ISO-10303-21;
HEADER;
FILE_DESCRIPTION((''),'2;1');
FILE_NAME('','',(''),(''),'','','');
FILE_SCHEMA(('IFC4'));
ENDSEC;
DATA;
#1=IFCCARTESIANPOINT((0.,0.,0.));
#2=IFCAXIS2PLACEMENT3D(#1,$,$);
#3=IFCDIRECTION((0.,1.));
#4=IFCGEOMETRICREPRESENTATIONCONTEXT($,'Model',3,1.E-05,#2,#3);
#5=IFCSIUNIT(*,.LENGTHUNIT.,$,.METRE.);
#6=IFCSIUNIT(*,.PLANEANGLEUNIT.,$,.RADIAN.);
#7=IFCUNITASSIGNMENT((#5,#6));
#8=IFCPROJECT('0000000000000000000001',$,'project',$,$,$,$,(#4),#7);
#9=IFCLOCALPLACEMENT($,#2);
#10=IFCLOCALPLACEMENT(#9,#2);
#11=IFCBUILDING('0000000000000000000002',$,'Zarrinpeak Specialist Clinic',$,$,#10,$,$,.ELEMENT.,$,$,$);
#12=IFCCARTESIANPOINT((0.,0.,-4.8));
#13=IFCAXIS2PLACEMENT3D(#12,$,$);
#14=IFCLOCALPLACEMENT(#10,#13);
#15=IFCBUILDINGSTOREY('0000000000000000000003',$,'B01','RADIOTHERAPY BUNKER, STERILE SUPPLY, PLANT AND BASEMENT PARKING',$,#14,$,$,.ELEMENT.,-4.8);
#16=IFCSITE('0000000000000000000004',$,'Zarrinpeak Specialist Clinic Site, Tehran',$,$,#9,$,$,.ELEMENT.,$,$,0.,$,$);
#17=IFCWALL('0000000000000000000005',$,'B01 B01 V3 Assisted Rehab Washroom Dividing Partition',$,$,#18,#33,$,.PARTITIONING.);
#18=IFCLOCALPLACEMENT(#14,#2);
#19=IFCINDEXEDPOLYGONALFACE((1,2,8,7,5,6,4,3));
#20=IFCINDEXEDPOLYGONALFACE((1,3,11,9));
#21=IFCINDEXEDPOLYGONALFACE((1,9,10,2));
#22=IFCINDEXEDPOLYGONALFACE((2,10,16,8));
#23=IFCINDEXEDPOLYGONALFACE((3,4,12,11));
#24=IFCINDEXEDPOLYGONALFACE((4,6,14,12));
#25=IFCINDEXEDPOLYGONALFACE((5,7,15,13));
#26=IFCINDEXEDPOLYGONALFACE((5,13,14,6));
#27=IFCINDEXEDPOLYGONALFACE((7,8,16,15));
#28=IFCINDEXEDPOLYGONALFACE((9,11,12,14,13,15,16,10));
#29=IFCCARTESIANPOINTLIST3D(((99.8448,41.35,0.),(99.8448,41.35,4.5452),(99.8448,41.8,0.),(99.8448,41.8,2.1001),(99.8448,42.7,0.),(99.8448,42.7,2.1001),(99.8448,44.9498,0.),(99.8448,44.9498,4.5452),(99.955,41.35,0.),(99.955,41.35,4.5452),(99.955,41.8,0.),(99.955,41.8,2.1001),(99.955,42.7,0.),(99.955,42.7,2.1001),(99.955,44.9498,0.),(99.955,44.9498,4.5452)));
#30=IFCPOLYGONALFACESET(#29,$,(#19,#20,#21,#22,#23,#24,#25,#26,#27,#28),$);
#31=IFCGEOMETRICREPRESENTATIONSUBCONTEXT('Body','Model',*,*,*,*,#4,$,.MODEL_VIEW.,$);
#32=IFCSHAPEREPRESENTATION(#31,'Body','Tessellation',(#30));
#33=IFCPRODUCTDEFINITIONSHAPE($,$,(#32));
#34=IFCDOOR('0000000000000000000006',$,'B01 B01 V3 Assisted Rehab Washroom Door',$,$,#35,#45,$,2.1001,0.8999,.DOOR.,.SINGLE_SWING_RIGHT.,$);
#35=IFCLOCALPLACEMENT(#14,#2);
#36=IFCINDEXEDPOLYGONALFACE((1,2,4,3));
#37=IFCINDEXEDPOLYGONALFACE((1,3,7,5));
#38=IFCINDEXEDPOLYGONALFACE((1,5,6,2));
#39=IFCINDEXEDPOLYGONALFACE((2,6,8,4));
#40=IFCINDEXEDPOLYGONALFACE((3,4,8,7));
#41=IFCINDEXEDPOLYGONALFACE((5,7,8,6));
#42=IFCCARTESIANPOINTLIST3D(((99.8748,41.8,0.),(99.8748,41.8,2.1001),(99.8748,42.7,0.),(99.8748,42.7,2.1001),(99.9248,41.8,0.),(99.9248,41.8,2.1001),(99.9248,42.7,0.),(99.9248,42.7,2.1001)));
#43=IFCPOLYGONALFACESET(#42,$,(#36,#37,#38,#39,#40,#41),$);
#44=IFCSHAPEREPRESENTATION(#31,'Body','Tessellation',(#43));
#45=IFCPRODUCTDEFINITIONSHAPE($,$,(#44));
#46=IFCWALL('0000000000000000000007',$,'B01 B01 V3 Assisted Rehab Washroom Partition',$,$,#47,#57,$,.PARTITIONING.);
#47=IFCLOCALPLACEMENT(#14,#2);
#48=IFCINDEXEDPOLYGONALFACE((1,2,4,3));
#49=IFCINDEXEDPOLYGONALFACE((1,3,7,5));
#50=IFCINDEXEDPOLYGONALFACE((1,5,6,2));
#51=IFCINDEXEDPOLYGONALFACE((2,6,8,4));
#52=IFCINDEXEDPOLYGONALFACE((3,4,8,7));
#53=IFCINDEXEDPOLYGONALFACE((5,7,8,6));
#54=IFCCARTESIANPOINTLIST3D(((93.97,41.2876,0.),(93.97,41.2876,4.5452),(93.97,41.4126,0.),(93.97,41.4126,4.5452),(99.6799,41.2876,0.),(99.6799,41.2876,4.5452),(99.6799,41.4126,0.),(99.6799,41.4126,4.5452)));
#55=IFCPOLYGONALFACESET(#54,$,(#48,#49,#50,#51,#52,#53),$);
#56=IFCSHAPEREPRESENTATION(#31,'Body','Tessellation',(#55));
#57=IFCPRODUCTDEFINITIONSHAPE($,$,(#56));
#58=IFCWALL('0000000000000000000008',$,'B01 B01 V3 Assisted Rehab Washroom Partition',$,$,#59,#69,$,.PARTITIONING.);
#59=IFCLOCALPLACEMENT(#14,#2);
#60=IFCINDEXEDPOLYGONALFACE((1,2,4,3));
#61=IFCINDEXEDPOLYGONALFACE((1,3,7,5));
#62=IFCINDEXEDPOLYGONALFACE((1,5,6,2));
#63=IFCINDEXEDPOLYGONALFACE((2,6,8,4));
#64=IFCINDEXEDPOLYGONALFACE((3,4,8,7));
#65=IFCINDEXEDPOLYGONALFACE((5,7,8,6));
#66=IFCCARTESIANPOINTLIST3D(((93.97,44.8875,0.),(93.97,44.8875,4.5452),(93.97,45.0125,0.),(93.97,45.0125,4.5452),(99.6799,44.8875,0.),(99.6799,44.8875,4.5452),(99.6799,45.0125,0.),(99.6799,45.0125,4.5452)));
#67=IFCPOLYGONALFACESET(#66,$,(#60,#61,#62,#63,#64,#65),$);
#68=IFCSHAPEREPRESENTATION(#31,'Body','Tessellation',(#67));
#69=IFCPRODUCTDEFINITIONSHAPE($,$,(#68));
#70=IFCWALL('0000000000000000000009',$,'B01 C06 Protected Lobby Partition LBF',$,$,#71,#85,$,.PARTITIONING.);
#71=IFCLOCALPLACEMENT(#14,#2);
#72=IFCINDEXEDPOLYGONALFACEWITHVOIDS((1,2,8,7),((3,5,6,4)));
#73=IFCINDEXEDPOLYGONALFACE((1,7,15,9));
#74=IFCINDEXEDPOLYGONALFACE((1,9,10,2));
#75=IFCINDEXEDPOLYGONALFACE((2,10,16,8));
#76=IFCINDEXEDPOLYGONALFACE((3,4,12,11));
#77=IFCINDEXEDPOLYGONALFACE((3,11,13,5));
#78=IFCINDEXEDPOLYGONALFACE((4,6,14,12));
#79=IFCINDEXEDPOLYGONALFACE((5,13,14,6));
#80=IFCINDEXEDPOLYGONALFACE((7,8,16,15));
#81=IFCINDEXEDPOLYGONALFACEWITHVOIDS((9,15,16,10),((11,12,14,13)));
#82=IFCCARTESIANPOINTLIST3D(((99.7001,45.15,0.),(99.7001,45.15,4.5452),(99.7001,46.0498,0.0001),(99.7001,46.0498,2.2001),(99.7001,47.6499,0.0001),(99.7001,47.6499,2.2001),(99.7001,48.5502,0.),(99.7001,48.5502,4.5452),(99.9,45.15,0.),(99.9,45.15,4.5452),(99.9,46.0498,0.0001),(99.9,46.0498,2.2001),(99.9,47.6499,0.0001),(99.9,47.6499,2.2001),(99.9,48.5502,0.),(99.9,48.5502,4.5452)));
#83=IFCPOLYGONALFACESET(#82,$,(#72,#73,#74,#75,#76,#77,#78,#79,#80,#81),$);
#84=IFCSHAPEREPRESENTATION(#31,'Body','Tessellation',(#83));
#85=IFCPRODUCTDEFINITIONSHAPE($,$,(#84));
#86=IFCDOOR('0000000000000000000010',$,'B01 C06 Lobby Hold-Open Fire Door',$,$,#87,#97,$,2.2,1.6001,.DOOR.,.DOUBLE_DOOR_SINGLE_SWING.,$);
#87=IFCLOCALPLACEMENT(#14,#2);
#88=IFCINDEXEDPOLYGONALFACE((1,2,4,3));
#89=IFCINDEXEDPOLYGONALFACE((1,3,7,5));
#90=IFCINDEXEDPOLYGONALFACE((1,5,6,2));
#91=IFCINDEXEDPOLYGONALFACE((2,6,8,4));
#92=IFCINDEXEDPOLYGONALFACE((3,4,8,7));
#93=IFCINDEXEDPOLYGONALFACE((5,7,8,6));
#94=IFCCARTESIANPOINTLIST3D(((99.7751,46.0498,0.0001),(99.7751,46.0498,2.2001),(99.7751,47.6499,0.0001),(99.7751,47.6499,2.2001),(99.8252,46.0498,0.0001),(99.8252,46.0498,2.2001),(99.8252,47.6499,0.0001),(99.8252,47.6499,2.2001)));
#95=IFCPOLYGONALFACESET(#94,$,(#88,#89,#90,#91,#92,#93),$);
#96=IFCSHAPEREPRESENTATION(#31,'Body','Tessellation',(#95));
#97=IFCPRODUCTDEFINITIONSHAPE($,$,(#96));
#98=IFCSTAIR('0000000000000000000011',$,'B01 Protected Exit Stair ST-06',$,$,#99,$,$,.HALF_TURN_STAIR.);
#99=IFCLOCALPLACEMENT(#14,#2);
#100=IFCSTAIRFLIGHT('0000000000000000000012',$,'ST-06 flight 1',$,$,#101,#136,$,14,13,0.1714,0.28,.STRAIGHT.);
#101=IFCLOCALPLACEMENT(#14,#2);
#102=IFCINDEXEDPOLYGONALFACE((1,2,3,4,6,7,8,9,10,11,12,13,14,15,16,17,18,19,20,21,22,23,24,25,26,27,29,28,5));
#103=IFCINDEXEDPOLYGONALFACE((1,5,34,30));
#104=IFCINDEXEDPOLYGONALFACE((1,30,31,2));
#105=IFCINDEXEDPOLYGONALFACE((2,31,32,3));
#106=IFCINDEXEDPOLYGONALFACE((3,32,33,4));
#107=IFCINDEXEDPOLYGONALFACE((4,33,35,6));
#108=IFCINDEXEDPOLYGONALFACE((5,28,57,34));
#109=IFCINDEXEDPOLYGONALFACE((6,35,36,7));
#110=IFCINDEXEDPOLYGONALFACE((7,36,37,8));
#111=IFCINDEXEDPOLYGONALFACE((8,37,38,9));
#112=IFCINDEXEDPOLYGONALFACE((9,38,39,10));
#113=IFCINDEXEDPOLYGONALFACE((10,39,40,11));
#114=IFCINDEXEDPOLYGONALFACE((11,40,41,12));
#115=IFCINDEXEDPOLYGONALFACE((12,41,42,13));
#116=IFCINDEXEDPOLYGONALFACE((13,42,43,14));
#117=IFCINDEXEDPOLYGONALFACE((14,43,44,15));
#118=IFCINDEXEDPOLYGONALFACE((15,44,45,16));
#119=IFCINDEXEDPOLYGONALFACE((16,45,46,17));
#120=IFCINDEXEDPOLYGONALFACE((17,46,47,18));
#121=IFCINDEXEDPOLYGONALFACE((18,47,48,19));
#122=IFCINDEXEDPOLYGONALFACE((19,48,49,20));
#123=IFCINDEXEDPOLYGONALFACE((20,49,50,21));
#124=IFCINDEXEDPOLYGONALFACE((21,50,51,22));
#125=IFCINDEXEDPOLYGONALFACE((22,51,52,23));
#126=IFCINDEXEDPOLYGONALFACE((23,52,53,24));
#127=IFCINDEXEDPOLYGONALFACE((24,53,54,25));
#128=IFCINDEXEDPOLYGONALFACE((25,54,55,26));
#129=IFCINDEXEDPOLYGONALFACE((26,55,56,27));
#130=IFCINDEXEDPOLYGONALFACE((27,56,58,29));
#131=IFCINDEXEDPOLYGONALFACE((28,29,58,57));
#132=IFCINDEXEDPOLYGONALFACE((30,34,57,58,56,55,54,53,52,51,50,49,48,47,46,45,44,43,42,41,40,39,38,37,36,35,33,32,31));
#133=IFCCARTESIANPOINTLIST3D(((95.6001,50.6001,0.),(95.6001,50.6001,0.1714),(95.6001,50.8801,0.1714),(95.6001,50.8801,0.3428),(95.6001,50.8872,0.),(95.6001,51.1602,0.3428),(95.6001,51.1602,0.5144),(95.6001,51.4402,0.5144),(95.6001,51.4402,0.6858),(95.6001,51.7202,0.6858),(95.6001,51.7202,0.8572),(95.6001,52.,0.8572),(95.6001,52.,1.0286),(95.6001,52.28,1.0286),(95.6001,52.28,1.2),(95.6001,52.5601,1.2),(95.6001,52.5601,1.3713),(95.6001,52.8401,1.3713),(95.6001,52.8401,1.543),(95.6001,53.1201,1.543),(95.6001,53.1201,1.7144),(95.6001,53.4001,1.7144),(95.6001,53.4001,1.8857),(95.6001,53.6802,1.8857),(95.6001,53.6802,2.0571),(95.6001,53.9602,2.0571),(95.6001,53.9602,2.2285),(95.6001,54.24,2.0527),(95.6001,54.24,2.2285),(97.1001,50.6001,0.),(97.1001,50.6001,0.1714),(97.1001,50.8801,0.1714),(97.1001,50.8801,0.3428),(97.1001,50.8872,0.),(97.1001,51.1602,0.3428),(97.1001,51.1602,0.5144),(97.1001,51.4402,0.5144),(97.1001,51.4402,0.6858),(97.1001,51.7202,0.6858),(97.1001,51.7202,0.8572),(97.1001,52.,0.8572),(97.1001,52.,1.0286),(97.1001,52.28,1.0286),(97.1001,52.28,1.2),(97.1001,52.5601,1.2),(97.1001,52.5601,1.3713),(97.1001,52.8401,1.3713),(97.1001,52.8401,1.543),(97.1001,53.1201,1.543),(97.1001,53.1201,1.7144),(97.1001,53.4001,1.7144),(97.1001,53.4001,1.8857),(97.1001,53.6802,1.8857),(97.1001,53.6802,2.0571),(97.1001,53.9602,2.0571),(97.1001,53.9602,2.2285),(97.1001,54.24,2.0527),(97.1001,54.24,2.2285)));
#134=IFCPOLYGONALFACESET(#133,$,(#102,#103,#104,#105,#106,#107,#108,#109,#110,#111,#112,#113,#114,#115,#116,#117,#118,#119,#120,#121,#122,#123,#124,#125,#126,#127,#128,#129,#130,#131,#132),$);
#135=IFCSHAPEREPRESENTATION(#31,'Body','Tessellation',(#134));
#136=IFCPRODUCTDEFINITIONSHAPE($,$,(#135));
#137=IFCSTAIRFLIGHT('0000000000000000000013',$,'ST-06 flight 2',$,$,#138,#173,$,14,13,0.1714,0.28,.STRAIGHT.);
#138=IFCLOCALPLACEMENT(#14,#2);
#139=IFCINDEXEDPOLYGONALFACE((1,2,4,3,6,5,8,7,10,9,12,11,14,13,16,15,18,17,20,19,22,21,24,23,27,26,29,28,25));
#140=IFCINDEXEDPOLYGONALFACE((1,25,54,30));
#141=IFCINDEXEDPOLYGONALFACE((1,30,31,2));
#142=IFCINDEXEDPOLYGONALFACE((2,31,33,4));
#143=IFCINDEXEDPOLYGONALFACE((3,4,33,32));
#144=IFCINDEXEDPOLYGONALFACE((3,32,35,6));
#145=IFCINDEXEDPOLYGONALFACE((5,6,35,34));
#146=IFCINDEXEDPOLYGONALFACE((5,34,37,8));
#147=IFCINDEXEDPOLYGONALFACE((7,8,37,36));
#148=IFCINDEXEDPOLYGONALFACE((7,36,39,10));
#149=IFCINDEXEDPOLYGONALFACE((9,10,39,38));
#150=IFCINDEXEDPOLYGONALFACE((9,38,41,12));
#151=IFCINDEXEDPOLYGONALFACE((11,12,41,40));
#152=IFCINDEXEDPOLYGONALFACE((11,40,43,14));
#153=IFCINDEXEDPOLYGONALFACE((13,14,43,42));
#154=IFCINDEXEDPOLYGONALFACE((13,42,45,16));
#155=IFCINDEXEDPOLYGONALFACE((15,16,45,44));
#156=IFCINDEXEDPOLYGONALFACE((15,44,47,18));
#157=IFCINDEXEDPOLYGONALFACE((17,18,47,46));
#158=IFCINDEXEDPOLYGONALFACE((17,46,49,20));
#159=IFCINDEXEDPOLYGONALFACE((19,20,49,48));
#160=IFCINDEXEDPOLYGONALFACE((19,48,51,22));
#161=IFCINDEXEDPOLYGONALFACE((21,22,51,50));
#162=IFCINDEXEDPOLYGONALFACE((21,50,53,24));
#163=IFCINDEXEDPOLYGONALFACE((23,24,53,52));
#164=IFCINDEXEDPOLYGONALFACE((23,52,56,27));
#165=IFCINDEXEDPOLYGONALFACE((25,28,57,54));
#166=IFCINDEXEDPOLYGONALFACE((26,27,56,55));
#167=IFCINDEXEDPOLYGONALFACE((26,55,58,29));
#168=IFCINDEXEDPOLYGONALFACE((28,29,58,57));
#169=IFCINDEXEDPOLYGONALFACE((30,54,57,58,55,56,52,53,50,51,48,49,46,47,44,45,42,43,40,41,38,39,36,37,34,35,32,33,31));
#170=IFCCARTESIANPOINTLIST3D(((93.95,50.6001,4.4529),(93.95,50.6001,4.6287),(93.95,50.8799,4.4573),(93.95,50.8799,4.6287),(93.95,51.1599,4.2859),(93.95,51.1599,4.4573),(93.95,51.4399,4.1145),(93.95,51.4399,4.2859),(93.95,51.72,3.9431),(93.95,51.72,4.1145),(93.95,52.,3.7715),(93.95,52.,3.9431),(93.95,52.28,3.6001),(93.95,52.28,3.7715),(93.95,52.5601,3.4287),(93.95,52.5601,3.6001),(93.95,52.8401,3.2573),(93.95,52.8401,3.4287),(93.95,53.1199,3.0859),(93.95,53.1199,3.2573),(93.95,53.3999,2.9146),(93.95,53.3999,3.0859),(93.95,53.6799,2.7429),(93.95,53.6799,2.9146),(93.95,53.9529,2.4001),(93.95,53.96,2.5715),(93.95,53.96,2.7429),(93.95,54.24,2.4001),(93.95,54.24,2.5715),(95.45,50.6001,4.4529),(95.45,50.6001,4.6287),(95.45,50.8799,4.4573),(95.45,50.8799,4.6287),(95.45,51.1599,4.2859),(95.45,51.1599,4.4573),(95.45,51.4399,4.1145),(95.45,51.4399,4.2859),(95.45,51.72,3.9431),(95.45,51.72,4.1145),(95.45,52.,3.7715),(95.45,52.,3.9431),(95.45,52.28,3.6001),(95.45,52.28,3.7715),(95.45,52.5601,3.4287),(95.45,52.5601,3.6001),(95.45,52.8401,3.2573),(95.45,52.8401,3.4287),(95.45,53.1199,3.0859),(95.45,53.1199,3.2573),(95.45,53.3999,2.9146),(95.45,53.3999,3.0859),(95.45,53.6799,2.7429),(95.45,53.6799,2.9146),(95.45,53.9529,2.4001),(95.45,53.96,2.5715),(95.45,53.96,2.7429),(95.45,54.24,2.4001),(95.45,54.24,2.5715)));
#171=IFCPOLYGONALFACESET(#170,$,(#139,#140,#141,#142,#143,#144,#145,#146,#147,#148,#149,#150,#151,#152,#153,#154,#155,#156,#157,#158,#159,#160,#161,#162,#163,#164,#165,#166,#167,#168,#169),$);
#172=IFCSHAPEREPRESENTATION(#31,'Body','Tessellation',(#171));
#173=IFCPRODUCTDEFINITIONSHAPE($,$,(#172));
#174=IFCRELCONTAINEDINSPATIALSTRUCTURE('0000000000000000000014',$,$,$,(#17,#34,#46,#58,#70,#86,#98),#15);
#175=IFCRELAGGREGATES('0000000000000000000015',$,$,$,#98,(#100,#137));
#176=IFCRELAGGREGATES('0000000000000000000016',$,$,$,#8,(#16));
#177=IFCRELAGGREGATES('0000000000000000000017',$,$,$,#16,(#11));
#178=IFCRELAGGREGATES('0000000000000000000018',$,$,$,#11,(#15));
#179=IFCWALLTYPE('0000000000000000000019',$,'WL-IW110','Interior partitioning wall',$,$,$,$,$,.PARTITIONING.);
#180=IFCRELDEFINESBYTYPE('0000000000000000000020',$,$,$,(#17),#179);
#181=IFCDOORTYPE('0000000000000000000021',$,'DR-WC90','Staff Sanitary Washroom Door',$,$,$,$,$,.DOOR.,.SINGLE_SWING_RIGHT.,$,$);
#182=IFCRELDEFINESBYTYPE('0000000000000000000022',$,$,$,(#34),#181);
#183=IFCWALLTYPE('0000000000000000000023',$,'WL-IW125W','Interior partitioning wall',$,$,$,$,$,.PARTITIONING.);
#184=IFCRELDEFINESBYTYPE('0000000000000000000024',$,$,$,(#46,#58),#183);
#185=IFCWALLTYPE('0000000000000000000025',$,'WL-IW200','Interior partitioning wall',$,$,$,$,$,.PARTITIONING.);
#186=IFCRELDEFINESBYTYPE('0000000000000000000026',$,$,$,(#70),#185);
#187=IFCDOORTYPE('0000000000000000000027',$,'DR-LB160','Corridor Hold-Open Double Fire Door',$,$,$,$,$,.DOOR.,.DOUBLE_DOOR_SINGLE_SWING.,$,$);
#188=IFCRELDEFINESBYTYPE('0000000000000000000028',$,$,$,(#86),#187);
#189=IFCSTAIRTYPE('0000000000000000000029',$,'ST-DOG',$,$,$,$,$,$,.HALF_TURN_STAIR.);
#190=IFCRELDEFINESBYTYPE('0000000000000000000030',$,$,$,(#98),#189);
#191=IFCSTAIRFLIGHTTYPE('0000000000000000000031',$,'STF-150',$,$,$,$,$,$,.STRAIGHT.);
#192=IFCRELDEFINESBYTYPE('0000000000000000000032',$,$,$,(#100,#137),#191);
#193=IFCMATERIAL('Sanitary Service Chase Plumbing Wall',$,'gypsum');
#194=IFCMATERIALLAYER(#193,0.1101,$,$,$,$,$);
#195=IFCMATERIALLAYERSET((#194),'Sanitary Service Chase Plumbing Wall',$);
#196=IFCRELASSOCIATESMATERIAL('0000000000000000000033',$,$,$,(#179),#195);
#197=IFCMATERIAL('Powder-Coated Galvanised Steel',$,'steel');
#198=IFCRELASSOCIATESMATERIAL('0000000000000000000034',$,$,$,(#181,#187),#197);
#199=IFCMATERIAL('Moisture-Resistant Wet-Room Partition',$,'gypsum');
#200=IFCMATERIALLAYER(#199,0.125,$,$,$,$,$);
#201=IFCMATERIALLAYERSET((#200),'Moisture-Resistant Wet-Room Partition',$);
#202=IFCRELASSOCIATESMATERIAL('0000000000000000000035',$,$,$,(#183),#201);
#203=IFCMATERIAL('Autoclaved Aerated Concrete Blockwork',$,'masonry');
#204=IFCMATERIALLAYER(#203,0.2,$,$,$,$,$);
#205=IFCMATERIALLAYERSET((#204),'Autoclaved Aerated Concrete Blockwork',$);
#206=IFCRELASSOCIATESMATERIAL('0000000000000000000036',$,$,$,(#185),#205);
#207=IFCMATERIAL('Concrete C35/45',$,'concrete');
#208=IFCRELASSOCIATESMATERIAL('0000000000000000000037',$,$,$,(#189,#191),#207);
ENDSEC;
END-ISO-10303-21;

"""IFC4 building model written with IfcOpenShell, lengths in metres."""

from ifc_helpers import new_model, si_unit, direction, frame, frame_2d, origin, place, context, subcontext, project, spatial, polyline, rectangle, outline, extrude, material, layer, layer_set, type_object, element, fill, aggregate, save


model = new_model("IFC4")

# Units and contexts
model_context = context("Model", 3, precision=1e-05, world=origin(), true_north=direction((0.0, 1.0)))
body_context = subcontext(model_context, "Body", "Model", "MODEL_VIEW")
ifc_project = project(units=[si_unit("LENGTHUNIT", "METRE"), si_unit("PLANEANGLEUNIT", "RADIAN")], contexts=[model_context])

# Site, building, storey
site_placement = place(None, origin())
site = spatial("IfcSite", under=ifc_project, at=site_placement, Name="Zarrinpeak Specialist Clinic Site, Tehran", CompositionType="ELEMENT", RefElevation=0.0)
building_placement = place(site_placement, origin())
building = spatial("IfcBuilding", under=site, at=building_placement, Name="Zarrinpeak Specialist Clinic", CompositionType="ELEMENT")
storey_placement = place(building_placement, frame((0.0, 0.0, -4.8)))
storey = spatial("IfcBuildingStorey", under=building, at=storey_placement, Name="B01", Description="RADIOTHERAPY BUNKER, STERILE SUPPLY, PLANT AND BASEMENT PARKING", CompositionType="ELEMENT", Elevation=-4.8)

# Shared definitions
ifc_material_1 = material(Name="Sanitary Service Chase Plumbing Wall", Category="gypsum")
ifc_layer_1 = layer(ifc_material_1, 0.1101)
ifc_layer_set_1 = layer_set([ifc_layer_1], Name="Sanitary Service Chase Plumbing Wall")
wall_type_1 = type_object("IfcWallType", Name="WL-IW110", Description="Interior partitioning wall", PredefinedType="PARTITIONING", material=ifc_layer_set_1)

# Wall, opening, door
wall_1_placement = place(storey_placement, frame((99.8999, 41.3501, 0.0), z_axis=(0.0, 0.0, 1.0), x_axis=(0.0, 1.0, 0.0)))
wall_1 = element("IfcWall", 1, at=wall_1_placement, inside=storey, type_object=wall_type_1, Name="B01 B01 V3 Assisted Rehab Washroom Dividing Partition", PredefinedType="PARTITIONING", context=body_context, shape_type="SweptSolid", body=[
    extrude(rectangle(XDim=3.5999, YDim=0.1101, at=frame_2d((1.7998, 0.0))), origin(), (0.0, 0.0, 1.0), 4.5452),
])
opening_1_placement = place(wall_1_placement, frame((0.45, 0.0, 0.0)))
opening_1 = element("IfcOpeningElement", 2, at=opening_1_placement, cuts=wall_1, PredefinedType="OPENING", context=body_context, shape_type="SweptSolid", body=[
    extrude(rectangle(XDim=0.8999, YDim=2.1001, at=frame_2d((0.45, 1.05))), frame((0.0, 0.0649, 0.0), z_axis=(0.0, -1.0, 0.0), x_axis=(1.0, 0.0, 0.0)), (0.0, 0.0, 1.0), 0.1301),
])
ifc_material_2 = material(Name="Powder-Coated Galvanised Steel", Category="steel")
door_type_1 = type_object("IfcDoorType", Name="DR-WC90", Description="Staff Sanitary Washroom Door", OperationType="SINGLE_SWING_RIGHT", PredefinedType="DOOR", material=ifc_material_2)
door_1_placement = place(opening_1_placement, frame((0.8999, 0.0, 0.0), z_axis=(0.0, 0.0, 1.0), x_axis=(-1.0, 0.0, 0.0)))
door_1 = element("IfcDoor", 3, at=door_1_placement, inside=storey, type_object=door_type_1, Name="B01 B01 V3 Assisted Rehab Washroom Door", OperationType="SINGLE_SWING_RIGHT", OverallHeight=2.1001, OverallWidth=0.8999, PredefinedType="DOOR", context=body_context, shape_type="SweptSolid", body=[
    extrude(rectangle(XDim=0.8999, YDim=2.1001, at=frame_2d((0.45, 1.05))), frame((0.0, 0.0249, 0.0), z_axis=(0.0, -1.0, 0.0), x_axis=(1.0, 0.0, 0.0)), (0.0, 0.0, 1.0), 0.05),
])
fill(opening_1, door_1)

# Walls
ifc_material_3 = material(Name="Moisture-Resistant Wet-Room Partition", Category="gypsum")
ifc_layer_2 = layer(ifc_material_3, 0.125)
ifc_layer_set_2 = layer_set([ifc_layer_2], Name="Moisture-Resistant Wet-Room Partition")
wall_type_2 = type_object("IfcWallType", Name="WL-IW125W", Description="Interior partitioning wall", PredefinedType="PARTITIONING", material=ifc_layer_set_2)
for number, where, z_axis, x_axis, name in (
    (4, (93.97, 41.3501, 0.0), (0.0, 0.0, 1.0), (1.0, 0.0, 0.0), "B01 B01 V3 Assisted Rehab Washroom Partition"),
    (5, (93.97, 44.95, 0.0), (0.0, 0.0, 1.0), (1.0, 0.0, 0.0), "B01 B01 V3 Assisted Rehab Washroom Partition"),
):
    element("IfcWall", number, at=place(storey_placement, frame(where, z_axis=z_axis, x_axis=x_axis)), inside=storey, type_object=wall_type_2, Name=name, PredefinedType="PARTITIONING", context=body_context, shape_type="SweptSolid", body=[
        extrude(rectangle(XDim=5.71, YDim=0.125, at=frame_2d((2.855, 0.0))), origin(), (0.0, 0.0, 1.0), 4.5452),
    ])

# Wall, opening, door
ifc_material_4 = material(Name="Autoclaved Aerated Concrete Blockwork", Category="masonry")
ifc_layer_3 = layer(ifc_material_4, 0.2)
ifc_layer_set_3 = layer_set([ifc_layer_3], Name="Autoclaved Aerated Concrete Blockwork")
wall_type_3 = type_object("IfcWallType", Name="WL-IW200", Description="Interior partitioning wall", PredefinedType="PARTITIONING", material=ifc_layer_set_3)
wall_2_placement = place(storey_placement, frame((99.8, 45.1499, 0.0), z_axis=(0.0, 0.0, 1.0), x_axis=(0.0, 1.0, 0.0)))
wall_2 = element("IfcWall", 6, at=wall_2_placement, inside=storey, type_object=wall_type_3, Name="B01 C06 Protected Lobby Partition LBF", PredefinedType="PARTITIONING", context=body_context, shape_type="SweptSolid", body=[
    extrude(rectangle(XDim=3.4001, YDim=0.2, at=frame_2d((1.7002, 0.0))), origin(), (0.0, 0.0, 1.0), 4.5452),
])
opening_2_placement = place(wall_2_placement, frame((0.8999, 0.0, 0.0)))
opening_2 = element("IfcOpeningElement", 7, at=opening_2_placement, cuts=wall_2, PredefinedType="OPENING", context=body_context, shape_type="SweptSolid", body=[
    extrude(rectangle(XDim=1.6001, YDim=2.2, at=frame_2d((0.8, 1.1001))), frame((0.0, 0.1099, 0.0), z_axis=(0.0, -1.0, 0.0), x_axis=(1.0, 0.0, 0.0)), (0.0, 0.0, 1.0), 0.22),
])
door_type_2 = type_object("IfcDoorType", Name="DR-LB160", Description="Corridor Hold-Open Double Fire Door", OperationType="DOUBLE_DOOR_SINGLE_SWING", PredefinedType="DOOR", material=ifc_material_2)
door_2_placement = place(opening_2_placement, origin())
door_2 = element("IfcDoor", 8, at=door_2_placement, inside=storey, type_object=door_type_2, Name="B01 C06 Lobby Hold-Open Fire Door", OperationType="DOUBLE_DOOR_SINGLE_SWING", OverallHeight=2.2, OverallWidth=1.6001, PredefinedType="DOOR", context=body_context, shape_type="SweptSolid", body=[
    extrude(rectangle(XDim=1.6001, YDim=2.2, at=frame_2d((0.8, 1.1001))), frame((0.0, 0.0249, 0.0), z_axis=(0.0, -1.0, 0.0), x_axis=(1.0, 0.0, 0.0)), (0.0, 0.0, 1.0), 0.05),
])
fill(opening_2, door_2)

# Stair, stair flights
ifc_material_5 = material(Name="Concrete C35/45", Category="concrete")
stair_type = type_object("IfcStairType", Name="ST-DOG", PredefinedType="HALF_TURN_STAIR", material=ifc_material_5)
stair_placement = place(storey_placement, origin())
stair = element("IfcStair", 9, at=stair_placement, inside=storey, type_object=stair_type, Name="B01 Protected Exit Stair ST-06", PredefinedType="HALF_TURN_STAIR")
stair_flight_type = type_object("IfcStairFlightType", Name="STF-150", PredefinedType="STRAIGHT", material=ifc_material_5)
stair_flight_1_placement = place(storey_placement, frame((96.3501, 50.6001, 0.0), z_axis=(0.0, 0.0, 1.0), x_axis=(0.0, 1.0, 0.0)))
stair_flight_1 = element("IfcStairFlight", 10, at=stair_flight_1_placement, type_object=stair_flight_type, Name="ST-06 flight 1", NumberOfRisers=14, NumberOfTreads=13, PredefinedType="STRAIGHT", RiserHeight=0.1714, TreadLength=0.28, context=body_context, shape_type="SweptSolid", body=[
    extrude(outline(polyline([(0.0, 0.0), (0.0, 0.1714), (0.28, 0.1714), (0.28, 0.3428), (0.5601, 0.3428), (0.5601, 0.5144), (0.8401, 0.5144), (0.8401, 0.6858), (1.1201, 0.6858), (1.1201, 0.8572), (1.3999, 0.8572), (1.3999, 1.0286), (1.6799, 1.0286), (1.6799, 1.2), (1.96, 1.2), (1.96, 1.3713), (2.24, 1.3713), (2.24, 1.543), (2.52, 1.543), (2.52, 1.7144), (2.8, 1.7144), (2.8, 1.8857), (3.0801, 1.8857), (3.0801, 2.0571), (3.3601, 2.0571), (3.3601, 2.2285), (3.6399, 2.2285), (3.6399, 2.3999), (3.6399, 2.0527), (0.2871, 0.0), (0.0, 0.0)])), frame((0.0, 0.75, 0.0), z_axis=(0.0, -1.0, 0.0), x_axis=(1.0, 0.0, 0.0)), (0.0, 0.0, 1.0), 1.5),
])
stair_flight_2_placement = place(storey_placement, frame((94.7, 54.24, 2.4001), z_axis=(0.0, 0.0, 1.0), x_axis=(0.0, -1.0, 0.0)))
stair_flight_2 = element("IfcStairFlight", 11, at=stair_flight_2_placement, type_object=stair_flight_type, Name="ST-06 flight 2", NumberOfRisers=14, NumberOfTreads=13, PredefinedType="STRAIGHT", RiserHeight=0.1714, TreadLength=0.28, context=body_context, shape_type="SweptSolid", body=[
    extrude(outline(polyline([(0.0, 0.0), (0.0, 0.1714), (0.28, 0.1714), (0.28, 0.3428), (0.5601, 0.3428), (0.5601, 0.5144), (0.8401, 0.5144), (0.8401, 0.6858), (1.1201, 0.6858), (1.1201, 0.8572), (1.3999, 0.8572), (1.3999, 1.0286), (1.6799, 1.0286), (1.6799, 1.2), (1.96, 1.2), (1.96, 1.3713), (2.24, 1.3713), (2.24, 1.543), (2.52, 1.543), (2.52, 1.7144), (2.8, 1.7144), (2.8, 1.8857), (3.0801, 1.8857), (3.0801, 2.0571), (3.3601, 2.0571), (3.3601, 2.2285), (3.6399, 2.2285), (3.6399, 2.3999), (3.6399, 2.0527), (0.2871, 0.0), (0.0, 0.0)])), frame((0.0, 0.75, 0.0), z_axis=(0.0, -1.0, 0.0), x_axis=(1.0, 0.0, 0.0)), (0.0, 0.0, 1.0), 1.5),
])
aggregate(stair, [stair_flight_1, stair_flight_2])

save(model, "model.ifc")
